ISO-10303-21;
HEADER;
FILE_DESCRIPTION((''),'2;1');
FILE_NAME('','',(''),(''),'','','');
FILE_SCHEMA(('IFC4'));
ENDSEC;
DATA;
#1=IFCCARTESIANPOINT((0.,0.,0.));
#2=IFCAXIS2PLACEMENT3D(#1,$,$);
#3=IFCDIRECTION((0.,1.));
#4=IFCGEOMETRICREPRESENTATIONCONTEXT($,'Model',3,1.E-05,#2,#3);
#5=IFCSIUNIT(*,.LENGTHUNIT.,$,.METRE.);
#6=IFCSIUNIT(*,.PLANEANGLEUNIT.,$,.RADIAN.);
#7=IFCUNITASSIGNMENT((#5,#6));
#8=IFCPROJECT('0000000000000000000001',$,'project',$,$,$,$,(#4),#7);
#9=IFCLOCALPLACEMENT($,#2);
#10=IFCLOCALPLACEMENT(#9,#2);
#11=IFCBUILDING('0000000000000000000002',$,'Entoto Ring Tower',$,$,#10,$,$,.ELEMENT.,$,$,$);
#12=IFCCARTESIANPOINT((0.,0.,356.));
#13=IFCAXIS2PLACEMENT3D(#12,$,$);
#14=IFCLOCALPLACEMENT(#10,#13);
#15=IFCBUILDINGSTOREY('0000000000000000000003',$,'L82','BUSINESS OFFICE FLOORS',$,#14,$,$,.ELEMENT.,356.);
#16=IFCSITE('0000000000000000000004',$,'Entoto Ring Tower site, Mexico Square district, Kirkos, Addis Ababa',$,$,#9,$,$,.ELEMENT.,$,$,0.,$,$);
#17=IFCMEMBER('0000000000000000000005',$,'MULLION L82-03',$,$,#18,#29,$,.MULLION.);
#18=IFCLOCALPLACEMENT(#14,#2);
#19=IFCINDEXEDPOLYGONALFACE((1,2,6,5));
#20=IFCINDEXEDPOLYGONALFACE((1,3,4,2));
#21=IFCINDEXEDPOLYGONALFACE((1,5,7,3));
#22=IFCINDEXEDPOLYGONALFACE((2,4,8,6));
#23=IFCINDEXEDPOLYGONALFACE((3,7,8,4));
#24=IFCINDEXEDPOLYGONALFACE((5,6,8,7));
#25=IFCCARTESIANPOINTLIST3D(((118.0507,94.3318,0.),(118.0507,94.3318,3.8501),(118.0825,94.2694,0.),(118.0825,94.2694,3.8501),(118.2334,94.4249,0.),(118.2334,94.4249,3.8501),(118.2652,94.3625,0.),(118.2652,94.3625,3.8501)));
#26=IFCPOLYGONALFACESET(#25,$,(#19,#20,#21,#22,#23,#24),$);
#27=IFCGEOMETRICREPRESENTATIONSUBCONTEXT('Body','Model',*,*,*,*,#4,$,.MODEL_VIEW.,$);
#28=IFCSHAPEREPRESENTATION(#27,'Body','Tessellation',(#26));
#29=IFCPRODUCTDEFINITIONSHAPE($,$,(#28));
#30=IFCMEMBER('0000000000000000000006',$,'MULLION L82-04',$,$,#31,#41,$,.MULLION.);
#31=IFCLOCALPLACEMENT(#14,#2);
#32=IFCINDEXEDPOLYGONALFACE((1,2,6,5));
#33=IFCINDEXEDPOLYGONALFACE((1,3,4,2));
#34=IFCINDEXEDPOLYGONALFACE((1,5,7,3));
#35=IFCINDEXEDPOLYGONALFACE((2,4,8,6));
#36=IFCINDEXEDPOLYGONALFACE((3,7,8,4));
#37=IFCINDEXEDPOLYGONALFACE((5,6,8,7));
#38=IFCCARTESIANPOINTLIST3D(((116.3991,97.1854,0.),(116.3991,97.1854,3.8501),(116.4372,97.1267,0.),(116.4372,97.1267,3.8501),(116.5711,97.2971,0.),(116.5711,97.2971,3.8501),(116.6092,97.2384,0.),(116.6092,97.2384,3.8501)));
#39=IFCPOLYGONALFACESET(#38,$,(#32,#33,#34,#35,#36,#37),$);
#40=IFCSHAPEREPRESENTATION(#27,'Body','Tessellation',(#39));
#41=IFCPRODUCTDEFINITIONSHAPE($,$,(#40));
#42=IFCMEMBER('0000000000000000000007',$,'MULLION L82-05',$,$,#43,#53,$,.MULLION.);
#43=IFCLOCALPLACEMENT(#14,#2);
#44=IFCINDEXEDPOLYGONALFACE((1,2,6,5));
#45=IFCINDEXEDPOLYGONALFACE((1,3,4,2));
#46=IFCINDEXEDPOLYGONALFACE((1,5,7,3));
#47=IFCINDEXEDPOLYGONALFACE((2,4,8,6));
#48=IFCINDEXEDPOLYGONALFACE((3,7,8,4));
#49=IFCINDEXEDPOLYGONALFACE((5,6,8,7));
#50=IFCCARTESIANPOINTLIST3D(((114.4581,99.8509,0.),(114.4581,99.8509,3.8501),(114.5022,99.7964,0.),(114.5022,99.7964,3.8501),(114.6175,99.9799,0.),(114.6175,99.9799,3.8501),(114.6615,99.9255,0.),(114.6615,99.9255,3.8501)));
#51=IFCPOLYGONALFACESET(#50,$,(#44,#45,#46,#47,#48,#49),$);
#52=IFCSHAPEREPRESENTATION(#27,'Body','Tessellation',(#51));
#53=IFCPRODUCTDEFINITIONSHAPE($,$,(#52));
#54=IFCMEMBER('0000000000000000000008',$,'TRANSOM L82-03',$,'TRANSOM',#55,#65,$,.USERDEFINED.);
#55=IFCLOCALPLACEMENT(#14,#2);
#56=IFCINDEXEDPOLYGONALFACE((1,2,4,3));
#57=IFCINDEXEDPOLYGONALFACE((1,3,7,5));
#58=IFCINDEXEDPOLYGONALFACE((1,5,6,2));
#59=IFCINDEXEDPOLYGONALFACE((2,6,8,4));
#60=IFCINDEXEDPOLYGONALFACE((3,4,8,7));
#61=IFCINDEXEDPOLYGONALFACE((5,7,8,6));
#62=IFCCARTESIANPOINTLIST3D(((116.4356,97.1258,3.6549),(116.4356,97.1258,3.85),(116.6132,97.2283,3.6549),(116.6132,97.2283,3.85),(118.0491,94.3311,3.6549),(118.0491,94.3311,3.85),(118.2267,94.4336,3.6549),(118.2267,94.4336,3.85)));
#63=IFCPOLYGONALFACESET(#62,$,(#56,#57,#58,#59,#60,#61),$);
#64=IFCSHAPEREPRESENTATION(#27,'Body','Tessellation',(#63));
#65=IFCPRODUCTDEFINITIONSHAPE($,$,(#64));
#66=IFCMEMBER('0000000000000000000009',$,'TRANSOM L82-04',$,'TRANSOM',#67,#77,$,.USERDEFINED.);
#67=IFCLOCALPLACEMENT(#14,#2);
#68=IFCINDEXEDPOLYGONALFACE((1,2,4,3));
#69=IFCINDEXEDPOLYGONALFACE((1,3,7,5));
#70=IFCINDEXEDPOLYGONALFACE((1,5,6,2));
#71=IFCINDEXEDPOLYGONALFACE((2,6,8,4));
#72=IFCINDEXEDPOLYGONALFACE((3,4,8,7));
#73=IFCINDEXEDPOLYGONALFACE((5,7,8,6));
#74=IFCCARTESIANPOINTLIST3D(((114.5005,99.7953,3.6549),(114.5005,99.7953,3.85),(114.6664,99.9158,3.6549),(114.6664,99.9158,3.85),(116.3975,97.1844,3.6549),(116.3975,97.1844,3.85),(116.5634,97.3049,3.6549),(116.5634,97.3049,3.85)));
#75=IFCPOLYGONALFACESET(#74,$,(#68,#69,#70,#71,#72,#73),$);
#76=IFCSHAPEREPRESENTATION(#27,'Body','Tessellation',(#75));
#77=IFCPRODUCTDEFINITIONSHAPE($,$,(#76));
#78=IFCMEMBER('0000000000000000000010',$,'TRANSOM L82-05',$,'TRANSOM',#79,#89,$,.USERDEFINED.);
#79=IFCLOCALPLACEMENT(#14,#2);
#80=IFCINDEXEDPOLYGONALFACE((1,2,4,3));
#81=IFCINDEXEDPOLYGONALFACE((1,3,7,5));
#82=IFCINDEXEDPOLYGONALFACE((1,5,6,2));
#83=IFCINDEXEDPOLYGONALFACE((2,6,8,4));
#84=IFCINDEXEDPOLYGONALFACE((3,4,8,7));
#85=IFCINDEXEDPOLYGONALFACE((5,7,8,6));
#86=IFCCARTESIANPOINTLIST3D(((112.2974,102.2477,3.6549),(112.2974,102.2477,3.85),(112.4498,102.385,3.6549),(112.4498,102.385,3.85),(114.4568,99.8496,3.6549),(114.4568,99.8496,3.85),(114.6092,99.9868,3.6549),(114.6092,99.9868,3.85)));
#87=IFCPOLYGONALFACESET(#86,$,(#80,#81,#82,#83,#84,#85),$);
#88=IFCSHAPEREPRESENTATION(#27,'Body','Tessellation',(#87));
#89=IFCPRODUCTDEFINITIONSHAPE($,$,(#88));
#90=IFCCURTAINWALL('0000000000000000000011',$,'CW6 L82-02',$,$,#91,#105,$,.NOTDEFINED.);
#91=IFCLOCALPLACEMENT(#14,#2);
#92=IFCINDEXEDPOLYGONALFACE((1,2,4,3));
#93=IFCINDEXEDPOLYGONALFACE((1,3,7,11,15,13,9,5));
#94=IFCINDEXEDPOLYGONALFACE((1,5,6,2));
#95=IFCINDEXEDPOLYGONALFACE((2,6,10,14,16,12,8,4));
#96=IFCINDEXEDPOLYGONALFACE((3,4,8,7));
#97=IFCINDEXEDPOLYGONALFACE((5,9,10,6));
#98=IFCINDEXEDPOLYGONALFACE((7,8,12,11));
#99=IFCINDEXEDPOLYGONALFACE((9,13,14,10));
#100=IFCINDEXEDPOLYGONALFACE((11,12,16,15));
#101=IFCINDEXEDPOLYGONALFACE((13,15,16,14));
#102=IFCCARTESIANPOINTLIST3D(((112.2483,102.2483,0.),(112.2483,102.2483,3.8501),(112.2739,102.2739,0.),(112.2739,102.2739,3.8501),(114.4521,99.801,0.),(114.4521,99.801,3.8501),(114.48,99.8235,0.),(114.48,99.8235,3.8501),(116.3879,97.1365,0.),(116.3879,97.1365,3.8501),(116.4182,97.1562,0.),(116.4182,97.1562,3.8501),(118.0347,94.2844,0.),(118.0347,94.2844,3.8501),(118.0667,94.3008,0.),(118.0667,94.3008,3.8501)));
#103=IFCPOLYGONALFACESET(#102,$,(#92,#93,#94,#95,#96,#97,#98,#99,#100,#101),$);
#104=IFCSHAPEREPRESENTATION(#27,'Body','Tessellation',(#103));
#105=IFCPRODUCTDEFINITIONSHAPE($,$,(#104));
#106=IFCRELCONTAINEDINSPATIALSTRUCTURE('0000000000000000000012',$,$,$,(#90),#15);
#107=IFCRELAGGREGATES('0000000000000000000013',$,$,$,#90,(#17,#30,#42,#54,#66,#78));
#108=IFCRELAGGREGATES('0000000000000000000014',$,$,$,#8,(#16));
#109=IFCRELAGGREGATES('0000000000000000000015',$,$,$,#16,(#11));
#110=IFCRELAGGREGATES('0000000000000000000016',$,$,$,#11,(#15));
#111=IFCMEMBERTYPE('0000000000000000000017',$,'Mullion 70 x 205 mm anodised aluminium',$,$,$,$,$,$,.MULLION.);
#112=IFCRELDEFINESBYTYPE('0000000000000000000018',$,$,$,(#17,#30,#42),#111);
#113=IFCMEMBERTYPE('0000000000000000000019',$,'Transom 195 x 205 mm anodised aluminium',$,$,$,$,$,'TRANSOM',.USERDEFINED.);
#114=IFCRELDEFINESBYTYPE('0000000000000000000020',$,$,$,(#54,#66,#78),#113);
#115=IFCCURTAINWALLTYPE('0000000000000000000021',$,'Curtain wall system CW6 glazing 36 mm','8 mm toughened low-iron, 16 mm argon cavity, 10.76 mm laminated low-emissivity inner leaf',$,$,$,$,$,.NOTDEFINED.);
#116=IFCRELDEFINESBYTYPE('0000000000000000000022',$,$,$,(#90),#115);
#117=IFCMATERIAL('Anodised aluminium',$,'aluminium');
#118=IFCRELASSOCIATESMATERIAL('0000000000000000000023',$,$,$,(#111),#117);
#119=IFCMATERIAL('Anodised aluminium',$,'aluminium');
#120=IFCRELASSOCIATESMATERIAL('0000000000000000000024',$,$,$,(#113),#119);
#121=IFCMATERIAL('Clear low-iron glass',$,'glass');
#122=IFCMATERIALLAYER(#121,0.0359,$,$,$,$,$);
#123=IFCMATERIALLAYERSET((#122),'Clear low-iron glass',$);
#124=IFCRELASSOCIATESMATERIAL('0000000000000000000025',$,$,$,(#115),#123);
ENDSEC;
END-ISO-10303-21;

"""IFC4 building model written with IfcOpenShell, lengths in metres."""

from ifc_helpers import new_model, si_unit, direction, frame, origin, origin_2d, place, context, subcontext, project, spatial, polyline, rectangle, outline, extrude, material, layer, layer_set, material_profile, profile_set, type_object, element, aggregate, save


model = new_model("IFC4")

# Units and contexts
model_context = context("Model", 3, precision=1e-05, world=origin(), true_north=direction((0.0, 1.0)))
body_context = subcontext(model_context, "Body", "Model", "MODEL_VIEW")
ifc_project = project(units=[si_unit("LENGTHUNIT", "METRE"), si_unit("PLANEANGLEUNIT", "RADIAN")], contexts=[model_context])

# Members
ifc_material_1 = material(Name="Anodised aluminium", Category="aluminium")
ifc_material_profile_1 = material_profile(ifc_material_1, rectangle(XDim=0.0701, YDim=0.2051, at=origin_2d()), Name="Mullion 70 x 205 mm anodised aluminium")
ifc_profile_set_1 = profile_set([ifc_material_profile_1], Name="Anodised aluminium")
member_type_1 = type_object("IfcMemberType", Name="Mullion 70 x 205 mm anodised aluminium", PredefinedType="MULLION", material=ifc_profile_set_1)
site_placement = place(None, origin())
building_placement = place(site_placement, origin())
storey_placement = place(building_placement, frame((0.0, 0.0, 356.0)))
member_1_placement = place(storey_placement, frame((118.158, 94.3472, 0.0), z_axis=(0.0, 0.0, 1.0), x_axis=(-0.45399, 0.891007, 0.0)))
member_1 = element("IfcMember", 1, at=member_1_placement, type_object=member_type_1, Name="MULLION L82-03", PredefinedType="MULLION", context=body_context, shape_type="SweptSolid", body=[
    extrude(rectangle(XDim=0.0701, YDim=0.2051, at=origin_2d()), origin(), (0.0, 0.0, 1.0), 3.8501),
])
member_2_placement = place(storey_placement, frame((116.5042, 97.2119, 0.0), z_axis=(0.0, 0.0, 1.0), x_axis=(-0.544639, 0.838671, 0.0)))
member_2 = element("IfcMember", 2, at=member_2_placement, type_object=member_type_1, Name="MULLION L82-04", PredefinedType="MULLION", context=body_context, shape_type="SweptSolid", body=[
    extrude(rectangle(XDim=0.0701, YDim=0.2051, at=origin_2d()), origin(), (0.0, 0.0, 1.0), 3.8501),
])
member_3_placement = place(storey_placement, frame((114.5598, 99.8882, 0.0), z_axis=(0.0, 0.0, 1.0), x_axis=(-0.62932, 0.777146, 0.0)))
member_3 = element("IfcMember", 3, at=member_3_placement, type_object=member_type_1, Name="MULLION L82-05", PredefinedType="MULLION", context=body_context, shape_type="SweptSolid", body=[
    extrude(rectangle(XDim=0.0701, YDim=0.2051, at=origin_2d()), origin(), (0.0, 0.0, 1.0), 3.8501),
])
ifc_material_2 = material(Name="Anodised aluminium", Category="aluminium")
ifc_material_profile_2 = material_profile(ifc_material_2, rectangle(XDim=0.2051, YDim=0.1951, at=origin_2d()), Name="Transom 195 x 205 mm anodised aluminium")
ifc_profile_set_2 = profile_set([ifc_material_profile_2], Name="Anodised aluminium")
member_type_2 = type_object("IfcMemberType", Name="Transom 195 x 205 mm anodised aluminium", ElementType="TRANSOM", PredefinedType="USERDEFINED", material=ifc_profile_set_2)
member_4_placement = place(storey_placement, frame((118.1379, 94.3823, 3.7524), z_axis=(-0.500004, 0.866023, 0.0), x_axis=(-0.866023, -0.500004, 0.0)))
member_4 = element("IfcMember", 4, at=member_4_placement, type_object=member_type_2, Name="TRANSOM L82-03", ObjectType="TRANSOM", PredefinedType="USERDEFINED", context=body_context, shape_type="SweptSolid", body=[
    extrude(rectangle(XDim=0.2051, YDim=0.1951, at=origin_2d()), origin(), (0.0, 0.0, 1.0), 3.2271),
])
member_5_placement = place(storey_placement, frame((116.4805, 97.2446, 3.7524), z_axis=(-0.587803, 0.809004, 0.0), x_axis=(-0.809004, -0.587803, 0.0)))
member_5 = element("IfcMember", 5, at=member_5_placement, type_object=member_type_2, Name="TRANSOM L82-04", ObjectType="TRANSOM", PredefinedType="USERDEFINED", context=body_context, shape_type="SweptSolid", body=[
    extrude(rectangle(XDim=0.2051, YDim=0.1951, at=origin_2d()), origin(), (0.0, 0.0, 1.0), 3.2273),
])
member_6_placement = place(storey_placement, frame((114.533, 99.9182, 3.7524), z_axis=(-0.669144, 0.743132, 0.0), x_axis=(-0.743132, -0.669144, 0.0)))
member_6 = element("IfcMember", 6, at=member_6_placement, type_object=member_type_2, Name="TRANSOM L82-05", ObjectType="TRANSOM", PredefinedType="USERDEFINED", context=body_context, shape_type="SweptSolid", body=[
    extrude(rectangle(XDim=0.2051, YDim=0.1951, at=origin_2d()), origin(), (0.0, 0.0, 1.0), 3.2271),
])

# Site, building, storey
site = spatial("IfcSite", under=ifc_project, at=site_placement, Name="Entoto Ring Tower site, Mexico Square district, Kirkos, Addis Ababa", CompositionType="ELEMENT", RefElevation=0.0)
building = spatial("IfcBuilding", under=site, at=building_placement, Name="Entoto Ring Tower", CompositionType="ELEMENT")
storey = spatial("IfcBuildingStorey", under=building, at=storey_placement, Name="L82", Description="BUSINESS OFFICE FLOORS", CompositionType="ELEMENT", Elevation=356.0)

# Curtain wall
ifc_material_3 = material(Name="Clear low-iron glass", Category="glass")
ifc_layer_1 = layer(ifc_material_3, 0.0359)
ifc_layer_set_1 = layer_set([ifc_layer_1], Name="Clear low-iron glass")
curtain_wall_type = type_object("IfcCurtainWallType", Name="Curtain wall system CW6 glazing 36 mm", Description="8 mm toughened low-iron, 16 mm argon cavity, 10.76 mm laminated low-emissivity inner leaf", PredefinedType="NOTDEFINED", material=ifc_layer_set_1)
curtain_wall_1_placement = place(storey_placement, origin())
curtain_wall_1 = element("IfcCurtainWall", 7, at=curtain_wall_1_placement, inside=storey, type_object=curtain_wall_type, Name="CW6 L82-02", PredefinedType="NOTDEFINED", context=body_context, shape_type="SweptSolid", body=[
    extrude(outline(polyline([(118.0667, 94.3008), (116.4182, 97.1562), (114.48, 99.8235), (112.2739, 102.2739), (112.2483, 102.2483), (114.4521, 99.801), (116.3879, 97.1365), (118.0347, 94.2844), (118.0667, 94.3008)])), origin(), (0.0, 0.0, 1.0), 3.8501),
])
aggregate(curtain_wall_1, [member_1, member_2, member_3, member_4, member_5, member_6])

save(model, "model.ifc")
